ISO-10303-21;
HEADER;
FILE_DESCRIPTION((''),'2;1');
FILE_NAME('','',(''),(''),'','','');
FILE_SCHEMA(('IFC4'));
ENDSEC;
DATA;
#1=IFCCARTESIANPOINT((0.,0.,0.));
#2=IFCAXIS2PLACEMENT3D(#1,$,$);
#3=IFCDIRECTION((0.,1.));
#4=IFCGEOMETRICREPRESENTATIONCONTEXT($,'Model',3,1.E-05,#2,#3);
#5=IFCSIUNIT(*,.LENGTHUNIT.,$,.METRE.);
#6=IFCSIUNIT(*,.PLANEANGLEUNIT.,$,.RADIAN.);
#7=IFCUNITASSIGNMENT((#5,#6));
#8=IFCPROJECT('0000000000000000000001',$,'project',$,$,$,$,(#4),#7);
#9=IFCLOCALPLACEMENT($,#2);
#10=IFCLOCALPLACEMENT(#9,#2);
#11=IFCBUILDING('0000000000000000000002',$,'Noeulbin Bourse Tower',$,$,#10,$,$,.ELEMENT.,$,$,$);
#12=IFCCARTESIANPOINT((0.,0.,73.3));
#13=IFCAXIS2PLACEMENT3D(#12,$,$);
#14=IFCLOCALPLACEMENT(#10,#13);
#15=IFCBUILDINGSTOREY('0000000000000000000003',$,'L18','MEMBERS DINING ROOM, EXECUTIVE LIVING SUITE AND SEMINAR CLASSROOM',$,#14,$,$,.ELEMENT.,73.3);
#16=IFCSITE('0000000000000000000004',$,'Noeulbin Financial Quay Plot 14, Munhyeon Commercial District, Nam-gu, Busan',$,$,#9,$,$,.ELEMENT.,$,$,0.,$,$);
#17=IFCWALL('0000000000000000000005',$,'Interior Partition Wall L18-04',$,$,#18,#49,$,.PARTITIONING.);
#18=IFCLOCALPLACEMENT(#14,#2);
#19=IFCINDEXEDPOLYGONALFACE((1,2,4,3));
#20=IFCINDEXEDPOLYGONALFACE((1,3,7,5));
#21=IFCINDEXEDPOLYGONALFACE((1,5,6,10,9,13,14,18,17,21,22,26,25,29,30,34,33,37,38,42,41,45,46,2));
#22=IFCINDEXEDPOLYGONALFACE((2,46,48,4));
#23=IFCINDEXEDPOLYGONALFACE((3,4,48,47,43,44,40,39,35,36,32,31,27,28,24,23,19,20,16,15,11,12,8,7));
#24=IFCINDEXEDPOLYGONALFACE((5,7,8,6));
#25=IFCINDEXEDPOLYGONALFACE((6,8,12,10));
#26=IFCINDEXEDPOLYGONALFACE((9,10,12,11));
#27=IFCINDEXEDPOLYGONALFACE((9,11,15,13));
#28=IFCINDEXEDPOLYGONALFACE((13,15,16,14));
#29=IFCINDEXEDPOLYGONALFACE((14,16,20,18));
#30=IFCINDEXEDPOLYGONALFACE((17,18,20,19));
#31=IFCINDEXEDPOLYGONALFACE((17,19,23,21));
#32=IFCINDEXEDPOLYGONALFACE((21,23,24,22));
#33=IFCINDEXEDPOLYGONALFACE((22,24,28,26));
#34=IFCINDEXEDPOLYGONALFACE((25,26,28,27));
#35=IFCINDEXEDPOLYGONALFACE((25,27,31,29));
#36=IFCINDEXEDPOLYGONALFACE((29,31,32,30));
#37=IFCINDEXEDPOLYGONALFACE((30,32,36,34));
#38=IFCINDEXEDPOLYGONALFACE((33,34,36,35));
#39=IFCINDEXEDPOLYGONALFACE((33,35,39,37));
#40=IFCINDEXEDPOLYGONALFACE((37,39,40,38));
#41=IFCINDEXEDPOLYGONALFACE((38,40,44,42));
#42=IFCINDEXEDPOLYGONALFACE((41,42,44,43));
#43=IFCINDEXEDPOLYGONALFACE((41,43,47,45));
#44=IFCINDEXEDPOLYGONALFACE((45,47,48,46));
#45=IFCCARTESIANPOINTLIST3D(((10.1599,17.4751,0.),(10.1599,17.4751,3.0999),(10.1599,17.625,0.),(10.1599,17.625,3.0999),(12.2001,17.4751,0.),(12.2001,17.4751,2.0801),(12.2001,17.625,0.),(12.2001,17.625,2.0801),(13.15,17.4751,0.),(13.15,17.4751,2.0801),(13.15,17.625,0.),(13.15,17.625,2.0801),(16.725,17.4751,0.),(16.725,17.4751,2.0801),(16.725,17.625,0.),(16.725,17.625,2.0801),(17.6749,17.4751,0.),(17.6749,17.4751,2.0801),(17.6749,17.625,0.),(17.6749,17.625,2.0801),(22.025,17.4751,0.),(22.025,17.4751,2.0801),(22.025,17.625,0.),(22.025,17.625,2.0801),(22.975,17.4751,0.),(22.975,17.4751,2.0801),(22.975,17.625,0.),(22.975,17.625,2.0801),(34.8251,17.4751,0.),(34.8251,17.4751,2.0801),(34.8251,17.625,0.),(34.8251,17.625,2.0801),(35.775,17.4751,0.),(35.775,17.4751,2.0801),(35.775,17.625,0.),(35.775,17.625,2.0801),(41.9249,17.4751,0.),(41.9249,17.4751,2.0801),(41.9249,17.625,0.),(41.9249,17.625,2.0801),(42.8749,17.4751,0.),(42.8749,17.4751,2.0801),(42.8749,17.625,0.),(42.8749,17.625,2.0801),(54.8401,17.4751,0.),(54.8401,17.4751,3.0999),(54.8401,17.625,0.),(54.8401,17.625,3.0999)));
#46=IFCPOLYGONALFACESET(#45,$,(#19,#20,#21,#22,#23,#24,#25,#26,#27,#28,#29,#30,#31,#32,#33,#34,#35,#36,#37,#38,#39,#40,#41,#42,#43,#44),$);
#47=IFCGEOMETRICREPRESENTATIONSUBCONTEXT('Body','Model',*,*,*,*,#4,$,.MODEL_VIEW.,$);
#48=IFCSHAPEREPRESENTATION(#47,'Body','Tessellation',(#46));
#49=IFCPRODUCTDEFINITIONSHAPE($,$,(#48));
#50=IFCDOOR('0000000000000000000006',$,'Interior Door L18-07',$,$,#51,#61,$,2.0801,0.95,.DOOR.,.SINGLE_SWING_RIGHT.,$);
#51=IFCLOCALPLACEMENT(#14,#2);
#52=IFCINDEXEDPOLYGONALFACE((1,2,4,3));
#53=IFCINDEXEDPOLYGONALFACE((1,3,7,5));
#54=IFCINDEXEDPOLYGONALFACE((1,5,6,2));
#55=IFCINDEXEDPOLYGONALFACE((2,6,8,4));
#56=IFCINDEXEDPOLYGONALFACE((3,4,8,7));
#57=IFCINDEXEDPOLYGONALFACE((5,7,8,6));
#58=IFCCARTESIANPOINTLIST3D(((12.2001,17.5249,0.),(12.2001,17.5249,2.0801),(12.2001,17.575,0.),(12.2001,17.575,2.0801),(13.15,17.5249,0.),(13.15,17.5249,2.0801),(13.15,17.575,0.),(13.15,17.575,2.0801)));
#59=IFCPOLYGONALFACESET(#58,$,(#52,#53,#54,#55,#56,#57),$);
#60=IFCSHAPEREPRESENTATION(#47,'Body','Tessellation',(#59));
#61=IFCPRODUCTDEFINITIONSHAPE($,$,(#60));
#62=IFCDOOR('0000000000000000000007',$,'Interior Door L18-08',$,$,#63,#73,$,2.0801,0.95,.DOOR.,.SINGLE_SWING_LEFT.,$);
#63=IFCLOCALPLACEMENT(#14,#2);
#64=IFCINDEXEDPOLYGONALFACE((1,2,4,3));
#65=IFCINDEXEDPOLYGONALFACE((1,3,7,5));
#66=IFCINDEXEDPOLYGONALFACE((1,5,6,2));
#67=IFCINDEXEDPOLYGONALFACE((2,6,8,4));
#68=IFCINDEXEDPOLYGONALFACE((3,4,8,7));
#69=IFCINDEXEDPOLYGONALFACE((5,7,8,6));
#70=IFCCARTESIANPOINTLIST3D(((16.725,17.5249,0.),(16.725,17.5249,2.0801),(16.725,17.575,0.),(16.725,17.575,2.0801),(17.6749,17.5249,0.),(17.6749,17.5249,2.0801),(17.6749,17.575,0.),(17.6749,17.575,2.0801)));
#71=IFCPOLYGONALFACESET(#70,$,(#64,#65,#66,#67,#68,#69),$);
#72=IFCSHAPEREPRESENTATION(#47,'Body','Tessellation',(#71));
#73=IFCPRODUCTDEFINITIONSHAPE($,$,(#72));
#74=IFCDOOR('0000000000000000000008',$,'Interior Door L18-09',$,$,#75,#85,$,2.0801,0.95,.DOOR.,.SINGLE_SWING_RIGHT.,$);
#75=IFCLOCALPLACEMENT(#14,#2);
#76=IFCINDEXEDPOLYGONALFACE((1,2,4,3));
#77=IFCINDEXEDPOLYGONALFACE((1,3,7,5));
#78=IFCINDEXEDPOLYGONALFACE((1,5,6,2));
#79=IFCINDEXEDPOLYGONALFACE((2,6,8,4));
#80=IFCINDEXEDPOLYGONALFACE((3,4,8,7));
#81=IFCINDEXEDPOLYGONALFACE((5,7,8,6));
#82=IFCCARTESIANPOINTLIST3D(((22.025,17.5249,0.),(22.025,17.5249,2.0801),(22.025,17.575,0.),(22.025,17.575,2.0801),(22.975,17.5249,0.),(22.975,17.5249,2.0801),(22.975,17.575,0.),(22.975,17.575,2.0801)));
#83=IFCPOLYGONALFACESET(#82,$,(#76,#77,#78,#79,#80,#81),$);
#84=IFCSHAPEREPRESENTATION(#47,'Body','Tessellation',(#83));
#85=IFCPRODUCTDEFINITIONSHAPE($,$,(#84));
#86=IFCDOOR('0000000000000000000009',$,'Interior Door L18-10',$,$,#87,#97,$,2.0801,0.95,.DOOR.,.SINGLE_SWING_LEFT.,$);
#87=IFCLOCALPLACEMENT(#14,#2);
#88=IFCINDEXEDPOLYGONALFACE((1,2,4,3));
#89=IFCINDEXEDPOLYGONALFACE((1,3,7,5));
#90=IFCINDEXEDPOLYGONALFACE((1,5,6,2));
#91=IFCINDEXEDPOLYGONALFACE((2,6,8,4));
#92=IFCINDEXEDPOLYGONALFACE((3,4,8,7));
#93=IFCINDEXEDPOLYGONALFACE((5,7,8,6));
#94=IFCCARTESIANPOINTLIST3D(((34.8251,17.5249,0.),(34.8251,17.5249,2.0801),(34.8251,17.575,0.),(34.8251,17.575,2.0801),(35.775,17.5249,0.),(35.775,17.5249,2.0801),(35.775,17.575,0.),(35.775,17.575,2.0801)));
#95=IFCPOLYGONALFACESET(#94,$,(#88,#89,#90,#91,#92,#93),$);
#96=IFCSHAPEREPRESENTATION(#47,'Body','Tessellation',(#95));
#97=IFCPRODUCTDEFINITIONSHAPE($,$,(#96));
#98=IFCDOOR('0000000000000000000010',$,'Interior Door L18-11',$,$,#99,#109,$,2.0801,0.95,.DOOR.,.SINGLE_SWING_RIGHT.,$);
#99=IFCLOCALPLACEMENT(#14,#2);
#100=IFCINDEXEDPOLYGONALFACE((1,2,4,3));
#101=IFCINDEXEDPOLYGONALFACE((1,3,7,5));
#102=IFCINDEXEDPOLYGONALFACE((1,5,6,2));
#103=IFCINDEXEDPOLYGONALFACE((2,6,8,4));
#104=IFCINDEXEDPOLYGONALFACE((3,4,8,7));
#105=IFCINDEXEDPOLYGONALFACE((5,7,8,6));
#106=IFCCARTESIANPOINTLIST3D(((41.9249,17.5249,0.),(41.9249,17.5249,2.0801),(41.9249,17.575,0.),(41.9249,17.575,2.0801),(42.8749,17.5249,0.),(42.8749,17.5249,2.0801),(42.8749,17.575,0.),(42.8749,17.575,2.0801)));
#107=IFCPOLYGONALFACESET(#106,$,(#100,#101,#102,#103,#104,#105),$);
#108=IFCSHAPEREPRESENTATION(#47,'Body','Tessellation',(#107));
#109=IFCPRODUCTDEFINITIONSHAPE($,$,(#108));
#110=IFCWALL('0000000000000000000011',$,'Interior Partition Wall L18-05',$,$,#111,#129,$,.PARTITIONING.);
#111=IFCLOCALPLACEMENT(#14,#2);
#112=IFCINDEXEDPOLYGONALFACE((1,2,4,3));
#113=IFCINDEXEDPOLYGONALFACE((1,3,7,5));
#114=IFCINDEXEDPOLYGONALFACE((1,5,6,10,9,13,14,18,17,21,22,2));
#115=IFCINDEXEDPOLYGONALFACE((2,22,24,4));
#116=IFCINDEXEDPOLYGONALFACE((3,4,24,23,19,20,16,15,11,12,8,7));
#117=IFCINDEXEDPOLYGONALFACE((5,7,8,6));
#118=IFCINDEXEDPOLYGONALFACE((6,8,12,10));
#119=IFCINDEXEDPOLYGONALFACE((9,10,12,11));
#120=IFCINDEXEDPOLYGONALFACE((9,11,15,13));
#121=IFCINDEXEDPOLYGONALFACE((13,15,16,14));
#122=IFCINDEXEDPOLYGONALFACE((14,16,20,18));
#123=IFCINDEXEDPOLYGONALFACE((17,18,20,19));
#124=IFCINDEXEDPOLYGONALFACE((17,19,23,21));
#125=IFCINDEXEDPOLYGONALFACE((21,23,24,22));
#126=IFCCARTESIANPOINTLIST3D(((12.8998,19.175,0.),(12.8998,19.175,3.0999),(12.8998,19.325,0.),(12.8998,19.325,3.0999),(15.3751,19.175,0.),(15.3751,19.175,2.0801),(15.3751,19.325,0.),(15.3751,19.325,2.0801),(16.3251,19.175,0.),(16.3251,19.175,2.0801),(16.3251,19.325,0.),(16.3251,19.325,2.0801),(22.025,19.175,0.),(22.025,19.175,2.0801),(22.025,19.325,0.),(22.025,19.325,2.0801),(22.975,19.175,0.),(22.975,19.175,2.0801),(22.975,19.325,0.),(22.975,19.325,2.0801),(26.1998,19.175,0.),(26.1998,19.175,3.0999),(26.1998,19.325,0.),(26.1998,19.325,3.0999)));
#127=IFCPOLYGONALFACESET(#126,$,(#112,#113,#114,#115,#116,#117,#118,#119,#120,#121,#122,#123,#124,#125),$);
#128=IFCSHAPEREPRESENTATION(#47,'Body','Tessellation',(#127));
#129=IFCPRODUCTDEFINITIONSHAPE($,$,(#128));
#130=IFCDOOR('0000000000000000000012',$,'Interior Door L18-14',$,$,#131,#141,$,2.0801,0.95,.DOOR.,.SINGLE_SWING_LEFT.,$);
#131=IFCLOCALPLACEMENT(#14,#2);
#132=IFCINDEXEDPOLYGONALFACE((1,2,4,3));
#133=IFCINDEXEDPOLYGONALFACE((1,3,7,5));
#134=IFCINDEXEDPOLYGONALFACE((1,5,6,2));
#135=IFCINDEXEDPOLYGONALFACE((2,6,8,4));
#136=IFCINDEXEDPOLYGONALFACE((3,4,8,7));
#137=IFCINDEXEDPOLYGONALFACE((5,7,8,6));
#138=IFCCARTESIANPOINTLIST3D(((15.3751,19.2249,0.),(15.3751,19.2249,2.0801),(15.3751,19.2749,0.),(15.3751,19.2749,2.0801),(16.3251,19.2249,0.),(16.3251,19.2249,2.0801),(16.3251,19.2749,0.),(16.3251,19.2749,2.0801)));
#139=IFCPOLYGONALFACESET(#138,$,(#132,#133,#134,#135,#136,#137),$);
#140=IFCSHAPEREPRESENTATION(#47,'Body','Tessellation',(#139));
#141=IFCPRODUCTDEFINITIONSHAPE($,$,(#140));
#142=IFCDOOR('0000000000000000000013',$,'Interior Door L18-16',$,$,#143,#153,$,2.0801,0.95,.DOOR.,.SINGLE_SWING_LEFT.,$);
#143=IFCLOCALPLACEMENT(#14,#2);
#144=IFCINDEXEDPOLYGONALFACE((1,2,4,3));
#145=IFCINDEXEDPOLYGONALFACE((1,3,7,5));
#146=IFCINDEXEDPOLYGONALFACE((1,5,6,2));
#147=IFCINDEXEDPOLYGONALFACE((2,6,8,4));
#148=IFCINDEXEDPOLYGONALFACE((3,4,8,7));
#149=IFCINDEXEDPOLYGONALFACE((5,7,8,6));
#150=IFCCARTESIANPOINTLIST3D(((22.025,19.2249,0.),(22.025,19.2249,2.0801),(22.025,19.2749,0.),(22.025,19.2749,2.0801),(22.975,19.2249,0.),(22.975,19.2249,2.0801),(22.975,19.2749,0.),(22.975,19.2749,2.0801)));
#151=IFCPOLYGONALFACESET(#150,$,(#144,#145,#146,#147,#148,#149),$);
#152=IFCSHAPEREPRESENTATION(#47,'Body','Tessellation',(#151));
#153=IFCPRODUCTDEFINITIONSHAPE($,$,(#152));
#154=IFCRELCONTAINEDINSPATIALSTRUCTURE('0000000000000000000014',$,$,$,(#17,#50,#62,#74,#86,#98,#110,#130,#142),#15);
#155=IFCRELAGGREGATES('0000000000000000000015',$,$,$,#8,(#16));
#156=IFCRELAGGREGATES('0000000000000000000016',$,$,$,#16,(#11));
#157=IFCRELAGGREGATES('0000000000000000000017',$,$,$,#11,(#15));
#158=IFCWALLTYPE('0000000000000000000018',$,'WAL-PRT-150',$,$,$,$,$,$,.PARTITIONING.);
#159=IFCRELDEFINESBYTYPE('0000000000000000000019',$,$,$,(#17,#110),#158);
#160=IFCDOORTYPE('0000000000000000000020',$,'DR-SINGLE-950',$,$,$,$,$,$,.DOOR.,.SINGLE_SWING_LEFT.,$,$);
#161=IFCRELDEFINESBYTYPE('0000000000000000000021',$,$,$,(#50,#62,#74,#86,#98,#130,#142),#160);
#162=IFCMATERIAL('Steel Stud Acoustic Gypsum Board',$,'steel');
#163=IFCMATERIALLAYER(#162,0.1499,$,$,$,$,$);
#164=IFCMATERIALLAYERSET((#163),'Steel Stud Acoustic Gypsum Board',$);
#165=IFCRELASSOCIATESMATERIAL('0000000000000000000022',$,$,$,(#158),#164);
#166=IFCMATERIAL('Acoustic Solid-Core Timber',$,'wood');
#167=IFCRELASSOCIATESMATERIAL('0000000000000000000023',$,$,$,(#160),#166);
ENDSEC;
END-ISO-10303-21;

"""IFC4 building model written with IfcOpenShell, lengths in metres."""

from ifc_helpers import new_model, si_unit, direction, frame, frame_2d, origin, place, context, subcontext, project, spatial, rectangle, extrude, material, layer, layer_set, type_object, element, fill, save


model = new_model("IFC4")

# Units and contexts
model_context = context("Model", 3, precision=1e-05, world=origin(), true_north=direction((0.0, 1.0)))
body_context = subcontext(model_context, "Body", "Model", "MODEL_VIEW")
ifc_project = project(units=[si_unit("LENGTHUNIT", "METRE"), si_unit("PLANEANGLEUNIT", "RADIAN")], contexts=[model_context])

# Site, building, storey
site_placement = place(None, origin())
site = spatial("IfcSite", under=ifc_project, at=site_placement, Name="Noeulbin Financial Quay Plot 14, Munhyeon Commercial District, Nam-gu, Busan", CompositionType="ELEMENT", RefElevation=0.0)
building_placement = place(site_placement, origin())
building = spatial("IfcBuilding", under=site, at=building_placement, Name="Noeulbin Bourse Tower", CompositionType="ELEMENT")
storey_placement = place(building_placement, frame((0.0, 0.0, 73.3)))
storey = spatial("IfcBuildingStorey", under=building, at=storey_placement, Name="L18", Description="MEMBERS DINING ROOM, EXECUTIVE LIVING SUITE AND SEMINAR CLASSROOM", CompositionType="ELEMENT", Elevation=73.3)

# Walls, openings, doors
ifc_material_1 = material(Name="Steel Stud Acoustic Gypsum Board", Category="steel")
ifc_layer_1 = layer(ifc_material_1, 0.1499)
ifc_layer_set_1 = layer_set([ifc_layer_1], Name="Steel Stud Acoustic Gypsum Board")
wall_type_1 = type_object("IfcWallType", Name="WAL-PRT-150", PredefinedType="PARTITIONING", material=ifc_layer_set_1)
wall_1_placement = place(storey_placement, frame((10.1599, 17.55, 0.0), z_axis=(0.0, 0.0, 1.0), x_axis=(1.0, 0.0, 0.0)))
wall_1 = element("IfcWall", 1, at=wall_1_placement, inside=storey, type_object=wall_type_1, Name="Interior Partition Wall L18-04", PredefinedType="PARTITIONING", context=body_context, shape_type="SweptSolid", body=[
    extrude(rectangle(XDim=44.6802, YDim=0.1499, at=frame_2d((22.3401, 0.0))), origin(), (0.0, 0.0, 1.0), 3.0999),
])
opening_1_placement = place(wall_1_placement, frame((2.04, 0.0, 0.0)))
opening_1 = element("IfcOpeningElement", 2, at=opening_1_placement, cuts=wall_1, PredefinedType="OPENING", context=body_context, shape_type="SweptSolid", body=[
    extrude(rectangle(XDim=0.95, YDim=2.0801, at=frame_2d((0.4751, 1.04))), frame((0.0, 0.085, 0.0), z_axis=(0.0, -1.0, 0.0), x_axis=(1.0, 0.0, 0.0)), (0.0, 0.0, 1.0), 0.1699),
])
opening_2_placement = place(wall_1_placement, frame((6.5649, 0.0, 0.0)))
opening_2 = element("IfcOpeningElement", 3, at=opening_2_placement, cuts=wall_1, PredefinedType="OPENING", context=body_context, shape_type="SweptSolid", body=[
    extrude(rectangle(XDim=0.95, YDim=2.0801, at=frame_2d((0.4751, 1.04))), frame((0.0, 0.085, 0.0), z_axis=(0.0, -1.0, 0.0), x_axis=(1.0, 0.0, 0.0)), (0.0, 0.0, 1.0), 0.1699),
])
opening_3_placement = place(wall_1_placement, frame((11.865, 0.0, 0.0)))
opening_3 = element("IfcOpeningElement", 4, at=opening_3_placement, cuts=wall_1, PredefinedType="OPENING", context=body_context, shape_type="SweptSolid", body=[
    extrude(rectangle(XDim=0.95, YDim=2.0801, at=frame_2d((0.4751, 1.04))), frame((0.0, 0.085, 0.0), z_axis=(0.0, -1.0, 0.0), x_axis=(1.0, 0.0, 0.0)), (0.0, 0.0, 1.0), 0.1699),
])
opening_4_placement = place(wall_1_placement, frame((24.665, 0.0, 0.0)))
opening_4 = element("IfcOpeningElement", 5, at=opening_4_placement, cuts=wall_1, PredefinedType="OPENING", context=body_context, shape_type="SweptSolid", body=[
    extrude(rectangle(XDim=0.95, YDim=2.0801, at=frame_2d((0.4751, 1.04))), frame((0.0, 0.085, 0.0), z_axis=(0.0, -1.0, 0.0), x_axis=(1.0, 0.0, 0.0)), (0.0, 0.0, 1.0), 0.1699),
])
opening_5_placement = place(wall_1_placement, frame((31.7649, 0.0, 0.0)))
opening_5 = element("IfcOpeningElement", 6, at=opening_5_placement, cuts=wall_1, PredefinedType="OPENING", context=body_context, shape_type="SweptSolid", body=[
    extrude(rectangle(XDim=0.95, YDim=2.0801, at=frame_2d((0.4751, 1.04))), frame((0.0, 0.085, 0.0), z_axis=(0.0, -1.0, 0.0), x_axis=(1.0, 0.0, 0.0)), (0.0, 0.0, 1.0), 0.1699),
])
ifc_material_2 = material(Name="Acoustic Solid-Core Timber", Category="wood")
door_type = type_object("IfcDoorType", Name="DR-SINGLE-950", OperationType="SINGLE_SWING_LEFT", PredefinedType="DOOR", material=ifc_material_2)
door_1_placement = place(opening_1_placement, origin())
door_1 = element("IfcDoor", 7, at=door_1_placement, inside=storey, type_object=door_type, Name="Interior Door L18-07", OperationType="SINGLE_SWING_RIGHT", OverallHeight=2.0801, OverallWidth=0.95, PredefinedType="DOOR", context=body_context, shape_type="SweptSolid", body=[
    extrude(rectangle(XDim=0.95, YDim=2.0801, at=frame_2d((0.4751, 1.04))), frame((0.0, 0.0249, 0.0), z_axis=(0.0, -1.0, 0.0), x_axis=(1.0, 0.0, 0.0)), (0.0, 0.0, 1.0), 0.05),
])
fill(opening_1, door_1)
door_2_placement = place(opening_2_placement, origin())
door_2 = element("IfcDoor", 8, at=door_2_placement, inside=storey, type_object=door_type, Name="Interior Door L18-08", OperationType="SINGLE_SWING_LEFT", OverallHeight=2.0801, OverallWidth=0.95, PredefinedType="DOOR", context=body_context, shape_type="SweptSolid", body=[
    extrude(rectangle(XDim=0.95, YDim=2.0801, at=frame_2d((0.4751, 1.04))), frame((0.0, 0.0249, 0.0), z_axis=(0.0, -1.0, 0.0), x_axis=(1.0, 0.0, 0.0)), (0.0, 0.0, 1.0), 0.05),
])
fill(opening_2, door_2)
door_3_placement = place(opening_3_placement, origin())
door_3 = element("IfcDoor", 9, at=door_3_placement, inside=storey, type_object=door_type, Name="Interior Door L18-09", OperationType="SINGLE_SWING_RIGHT", OverallHeight=2.0801, OverallWidth=0.95, PredefinedType="DOOR", context=body_context, shape_type="SweptSolid", body=[
    extrude(rectangle(XDim=0.95, YDim=2.0801, at=frame_2d((0.4751, 1.04))), frame((0.0, 0.0249, 0.0), z_axis=(0.0, -1.0, 0.0), x_axis=(1.0, 0.0, 0.0)), (0.0, 0.0, 1.0), 0.05),
])
fill(opening_3, door_3)
door_4_placement = place(opening_4_placement, origin())
door_4 = element("IfcDoor", 10, at=door_4_placement, inside=storey, type_object=door_type, Name="Interior Door L18-10", OperationType="SINGLE_SWING_LEFT", OverallHeight=2.0801, OverallWidth=0.95, PredefinedType="DOOR", context=body_context, shape_type="SweptSolid", body=[
    extrude(rectangle(XDim=0.95, YDim=2.0801, at=frame_2d((0.4751, 1.04))), frame((0.0, 0.0249, 0.0), z_axis=(0.0, -1.0, 0.0), x_axis=(1.0, 0.0, 0.0)), (0.0, 0.0, 1.0), 0.05),
])
fill(opening_4, door_4)
door_5_placement = place(opening_5_placement, origin())
door_5 = element("IfcDoor", 11, at=door_5_placement, inside=storey, type_object=door_type, Name="Interior Door L18-11", OperationType="SINGLE_SWING_RIGHT", OverallHeight=2.0801, OverallWidth=0.95, PredefinedType="DOOR", context=body_context, shape_type="SweptSolid", body=[
    extrude(rectangle(XDim=0.95, YDim=2.0801, at=frame_2d((0.4751, 1.04))), frame((0.0, 0.0249, 0.0), z_axis=(0.0, -1.0, 0.0), x_axis=(1.0, 0.0, 0.0)), (0.0, 0.0, 1.0), 0.05),
])
fill(opening_5, door_5)
wall_2_placement = place(storey_placement, frame((12.8999, 19.25, 0.0), z_axis=(0.0, 0.0, 1.0), x_axis=(1.0, 0.0, 0.0)))
wall_2 = element("IfcWall", 12, at=wall_2_placement, inside=storey, type_object=wall_type_1, Name="Interior Partition Wall L18-05", PredefinedType="PARTITIONING", context=body_context, shape_type="SweptSolid", body=[
    extrude(rectangle(XDim=13.3, YDim=0.1499, at=frame_2d((6.6499, 0.0))), origin(), (0.0, 0.0, 1.0), 3.0999),
])
opening_6_placement = place(wall_2_placement, frame((2.4751, 0.0, 0.0)))
opening_6 = element("IfcOpeningElement", 13, at=opening_6_placement, cuts=wall_2, PredefinedType="OPENING", context=body_context, shape_type="SweptSolid", body=[
    extrude(rectangle(XDim=0.95, YDim=2.0801, at=frame_2d((0.4751, 1.04))), frame((0.0, 0.085, 0.0), z_axis=(0.0, -1.0, 0.0), x_axis=(1.0, 0.0, 0.0)), (0.0, 0.0, 1.0), 0.1699),
])
opening_7_placement = place(wall_2_placement, frame((9.125, 0.0, 0.0)))
opening_7 = element("IfcOpeningElement", 14, at=opening_7_placement, cuts=wall_2, PredefinedType="OPENING", context=body_context, shape_type="SweptSolid", body=[
    extrude(rectangle(XDim=0.95, YDim=2.0801, at=frame_2d((0.4751, 1.04))), frame((0.0, 0.085, 0.0), z_axis=(0.0, -1.0, 0.0), x_axis=(1.0, 0.0, 0.0)), (0.0, 0.0, 1.0), 0.1699),
])
door_6_placement = place(opening_6_placement, origin())
door_6 = element("IfcDoor", 15, at=door_6_placement, inside=storey, type_object=door_type, Name="Interior Door L18-14", OperationType="SINGLE_SWING_LEFT", OverallHeight=2.0801, OverallWidth=0.95, PredefinedType="DOOR", context=body_context, shape_type="SweptSolid", body=[
    extrude(rectangle(XDim=0.95, YDim=2.0801, at=frame_2d((0.4751, 1.04))), frame((0.0, 0.0249, 0.0), z_axis=(0.0, -1.0, 0.0), x_axis=(1.0, 0.0, 0.0)), (0.0, 0.0, 1.0), 0.05),
])
fill(opening_6, door_6)
door_7_placement = place(opening_7_placement, origin())
door_7 = element("IfcDoor", 16, at=door_7_placement, inside=storey, type_object=door_type, Name="Interior Door L18-16", OperationType="SINGLE_SWING_LEFT", OverallHeight=2.0801, OverallWidth=0.95, PredefinedType="DOOR", context=body_context, shape_type="SweptSolid", body=[
    extrude(rectangle(XDim=0.95, YDim=2.0801, at=frame_2d((0.4751, 1.04))), frame((0.0, 0.0249, 0.0), z_axis=(0.0, -1.0, 0.0), x_axis=(1.0, 0.0, 0.0)), (0.0, 0.0, 1.0), 0.05),
])
fill(opening_7, door_7)

save(model, "model.ifc")
